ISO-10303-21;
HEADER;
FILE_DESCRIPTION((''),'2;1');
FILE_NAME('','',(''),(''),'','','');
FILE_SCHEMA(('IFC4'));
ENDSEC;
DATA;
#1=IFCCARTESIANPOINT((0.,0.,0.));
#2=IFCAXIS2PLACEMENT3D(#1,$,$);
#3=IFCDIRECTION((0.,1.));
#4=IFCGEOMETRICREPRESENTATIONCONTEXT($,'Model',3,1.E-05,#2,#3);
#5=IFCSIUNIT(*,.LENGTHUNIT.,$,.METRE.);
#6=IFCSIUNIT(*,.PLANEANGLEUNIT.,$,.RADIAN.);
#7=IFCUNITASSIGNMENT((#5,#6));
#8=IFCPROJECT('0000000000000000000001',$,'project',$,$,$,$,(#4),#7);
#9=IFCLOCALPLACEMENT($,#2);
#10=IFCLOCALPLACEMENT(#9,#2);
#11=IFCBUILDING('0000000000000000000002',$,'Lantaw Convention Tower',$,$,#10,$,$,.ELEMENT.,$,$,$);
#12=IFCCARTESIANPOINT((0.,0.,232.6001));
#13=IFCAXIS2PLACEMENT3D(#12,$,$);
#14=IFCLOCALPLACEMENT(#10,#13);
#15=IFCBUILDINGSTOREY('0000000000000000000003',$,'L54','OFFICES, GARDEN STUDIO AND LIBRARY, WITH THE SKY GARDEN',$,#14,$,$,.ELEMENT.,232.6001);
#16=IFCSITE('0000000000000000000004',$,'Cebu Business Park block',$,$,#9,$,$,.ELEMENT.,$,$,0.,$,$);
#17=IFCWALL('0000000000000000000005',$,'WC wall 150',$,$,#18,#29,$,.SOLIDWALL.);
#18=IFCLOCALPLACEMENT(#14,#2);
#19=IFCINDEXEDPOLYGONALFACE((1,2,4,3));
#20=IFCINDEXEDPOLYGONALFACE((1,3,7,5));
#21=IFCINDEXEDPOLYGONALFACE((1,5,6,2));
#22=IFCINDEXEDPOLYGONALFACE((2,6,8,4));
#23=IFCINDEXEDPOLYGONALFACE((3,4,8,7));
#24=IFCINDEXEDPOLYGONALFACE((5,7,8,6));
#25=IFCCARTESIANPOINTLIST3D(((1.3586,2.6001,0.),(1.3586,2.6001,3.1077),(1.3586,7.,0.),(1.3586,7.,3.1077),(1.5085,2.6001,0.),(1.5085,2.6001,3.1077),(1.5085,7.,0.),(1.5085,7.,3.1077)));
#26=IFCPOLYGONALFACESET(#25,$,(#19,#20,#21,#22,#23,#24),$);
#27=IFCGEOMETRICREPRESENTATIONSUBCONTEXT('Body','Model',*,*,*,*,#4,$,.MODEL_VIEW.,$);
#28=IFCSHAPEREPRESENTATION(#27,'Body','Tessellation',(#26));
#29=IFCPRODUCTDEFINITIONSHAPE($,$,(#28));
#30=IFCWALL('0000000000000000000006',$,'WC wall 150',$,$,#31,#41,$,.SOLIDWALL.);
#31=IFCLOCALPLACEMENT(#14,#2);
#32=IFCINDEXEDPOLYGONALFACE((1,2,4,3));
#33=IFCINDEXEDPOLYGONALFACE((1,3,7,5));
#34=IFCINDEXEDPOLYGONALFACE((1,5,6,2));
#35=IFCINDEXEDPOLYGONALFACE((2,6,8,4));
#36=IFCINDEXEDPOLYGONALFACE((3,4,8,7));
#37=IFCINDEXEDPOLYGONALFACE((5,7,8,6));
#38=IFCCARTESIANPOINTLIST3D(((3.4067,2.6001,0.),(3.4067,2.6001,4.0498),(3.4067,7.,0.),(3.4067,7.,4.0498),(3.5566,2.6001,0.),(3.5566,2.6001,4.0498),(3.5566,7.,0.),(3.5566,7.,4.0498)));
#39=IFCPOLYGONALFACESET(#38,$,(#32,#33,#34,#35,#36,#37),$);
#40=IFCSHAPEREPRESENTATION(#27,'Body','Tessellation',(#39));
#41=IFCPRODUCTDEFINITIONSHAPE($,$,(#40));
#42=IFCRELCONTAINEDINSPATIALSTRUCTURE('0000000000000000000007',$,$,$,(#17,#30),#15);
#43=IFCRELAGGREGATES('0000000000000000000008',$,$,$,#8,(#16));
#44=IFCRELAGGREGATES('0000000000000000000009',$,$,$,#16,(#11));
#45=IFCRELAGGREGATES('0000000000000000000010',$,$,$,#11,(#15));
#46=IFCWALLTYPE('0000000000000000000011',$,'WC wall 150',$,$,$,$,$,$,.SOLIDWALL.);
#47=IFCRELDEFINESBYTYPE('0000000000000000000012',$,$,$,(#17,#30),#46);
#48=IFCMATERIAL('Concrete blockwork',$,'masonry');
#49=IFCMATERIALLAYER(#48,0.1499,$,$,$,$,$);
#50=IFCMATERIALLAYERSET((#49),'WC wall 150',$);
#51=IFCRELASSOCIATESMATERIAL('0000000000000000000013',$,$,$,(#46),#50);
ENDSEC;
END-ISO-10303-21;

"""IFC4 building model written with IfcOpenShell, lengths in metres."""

from ifc_helpers import new_model, si_unit, direction, frame, frame_2d, origin, place, context, subcontext, project, spatial, rectangle, extrude, material, layer, layer_set, type_object, element, save


model = new_model("IFC4")

# Units and contexts
model_context = context("Model", 3, precision=1e-05, world=origin(), true_north=direction((0.0, 1.0)))
body_context = subcontext(model_context, "Body", "Model", "MODEL_VIEW")
ifc_project = project(units=[si_unit("LENGTHUNIT", "METRE"), si_unit("PLANEANGLEUNIT", "RADIAN")], contexts=[model_context])

# Site, building, storey
site_placement = place(None, origin())
site = spatial("IfcSite", under=ifc_project, at=site_placement, Name="Cebu Business Park block", CompositionType="ELEMENT", RefElevation=0.0)
building_placement = place(site_placement, origin())
building = spatial("IfcBuilding", under=site, at=building_placement, Name="Lantaw Convention Tower", CompositionType="ELEMENT")
storey_placement = place(building_placement, frame((0.0, 0.0, 232.6001)))
storey = spatial("IfcBuildingStorey", under=building, at=storey_placement, Name="L54", Description="OFFICES, GARDEN STUDIO AND LIBRARY, WITH THE SKY GARDEN", CompositionType="ELEMENT", Elevation=232.6001)

# Walls
ifc_material_1 = material(Name="Concrete blockwork", Category="masonry")
ifc_layer_1 = layer(ifc_material_1, 0.1499)
ifc_layer_set_1 = layer_set([ifc_layer_1], Name="WC wall 150")
wall_type_1 = type_object("IfcWallType", Name="WC wall 150", PredefinedType="SOLIDWALL", material=ifc_layer_set_1)
wall_1_placement = place(storey_placement, frame((1.4336, 2.6001, 0.0), z_axis=(0.0, 0.0, 1.0), x_axis=(0.0, 1.0, 0.0)))
element("IfcWall", 1, at=wall_1_placement, inside=storey, type_object=wall_type_1, Name="WC wall 150", PredefinedType="SOLIDWALL", context=body_context, shape_type="SweptSolid", body=[
    extrude(rectangle(XDim=4.3999, YDim=0.1499, at=frame_2d((2.2, 0.0))), origin(), (0.0, 0.0, 1.0), 3.1077),
])
wall_2_placement = place(storey_placement, frame((3.4817, 2.6001, 0.0), z_axis=(0.0, 0.0, 1.0), x_axis=(0.0, 1.0, 0.0)))
element("IfcWall", 2, at=wall_2_placement, inside=storey, type_object=wall_type_1, Name="WC wall 150", PredefinedType="SOLIDWALL", context=body_context, shape_type="SweptSolid", body=[
    extrude(rectangle(XDim=4.3999, YDim=0.1499, at=frame_2d((2.2, 0.0))), origin(), (0.0, 0.0, 1.0), 4.0498),
])

save(model, "model.ifc")
